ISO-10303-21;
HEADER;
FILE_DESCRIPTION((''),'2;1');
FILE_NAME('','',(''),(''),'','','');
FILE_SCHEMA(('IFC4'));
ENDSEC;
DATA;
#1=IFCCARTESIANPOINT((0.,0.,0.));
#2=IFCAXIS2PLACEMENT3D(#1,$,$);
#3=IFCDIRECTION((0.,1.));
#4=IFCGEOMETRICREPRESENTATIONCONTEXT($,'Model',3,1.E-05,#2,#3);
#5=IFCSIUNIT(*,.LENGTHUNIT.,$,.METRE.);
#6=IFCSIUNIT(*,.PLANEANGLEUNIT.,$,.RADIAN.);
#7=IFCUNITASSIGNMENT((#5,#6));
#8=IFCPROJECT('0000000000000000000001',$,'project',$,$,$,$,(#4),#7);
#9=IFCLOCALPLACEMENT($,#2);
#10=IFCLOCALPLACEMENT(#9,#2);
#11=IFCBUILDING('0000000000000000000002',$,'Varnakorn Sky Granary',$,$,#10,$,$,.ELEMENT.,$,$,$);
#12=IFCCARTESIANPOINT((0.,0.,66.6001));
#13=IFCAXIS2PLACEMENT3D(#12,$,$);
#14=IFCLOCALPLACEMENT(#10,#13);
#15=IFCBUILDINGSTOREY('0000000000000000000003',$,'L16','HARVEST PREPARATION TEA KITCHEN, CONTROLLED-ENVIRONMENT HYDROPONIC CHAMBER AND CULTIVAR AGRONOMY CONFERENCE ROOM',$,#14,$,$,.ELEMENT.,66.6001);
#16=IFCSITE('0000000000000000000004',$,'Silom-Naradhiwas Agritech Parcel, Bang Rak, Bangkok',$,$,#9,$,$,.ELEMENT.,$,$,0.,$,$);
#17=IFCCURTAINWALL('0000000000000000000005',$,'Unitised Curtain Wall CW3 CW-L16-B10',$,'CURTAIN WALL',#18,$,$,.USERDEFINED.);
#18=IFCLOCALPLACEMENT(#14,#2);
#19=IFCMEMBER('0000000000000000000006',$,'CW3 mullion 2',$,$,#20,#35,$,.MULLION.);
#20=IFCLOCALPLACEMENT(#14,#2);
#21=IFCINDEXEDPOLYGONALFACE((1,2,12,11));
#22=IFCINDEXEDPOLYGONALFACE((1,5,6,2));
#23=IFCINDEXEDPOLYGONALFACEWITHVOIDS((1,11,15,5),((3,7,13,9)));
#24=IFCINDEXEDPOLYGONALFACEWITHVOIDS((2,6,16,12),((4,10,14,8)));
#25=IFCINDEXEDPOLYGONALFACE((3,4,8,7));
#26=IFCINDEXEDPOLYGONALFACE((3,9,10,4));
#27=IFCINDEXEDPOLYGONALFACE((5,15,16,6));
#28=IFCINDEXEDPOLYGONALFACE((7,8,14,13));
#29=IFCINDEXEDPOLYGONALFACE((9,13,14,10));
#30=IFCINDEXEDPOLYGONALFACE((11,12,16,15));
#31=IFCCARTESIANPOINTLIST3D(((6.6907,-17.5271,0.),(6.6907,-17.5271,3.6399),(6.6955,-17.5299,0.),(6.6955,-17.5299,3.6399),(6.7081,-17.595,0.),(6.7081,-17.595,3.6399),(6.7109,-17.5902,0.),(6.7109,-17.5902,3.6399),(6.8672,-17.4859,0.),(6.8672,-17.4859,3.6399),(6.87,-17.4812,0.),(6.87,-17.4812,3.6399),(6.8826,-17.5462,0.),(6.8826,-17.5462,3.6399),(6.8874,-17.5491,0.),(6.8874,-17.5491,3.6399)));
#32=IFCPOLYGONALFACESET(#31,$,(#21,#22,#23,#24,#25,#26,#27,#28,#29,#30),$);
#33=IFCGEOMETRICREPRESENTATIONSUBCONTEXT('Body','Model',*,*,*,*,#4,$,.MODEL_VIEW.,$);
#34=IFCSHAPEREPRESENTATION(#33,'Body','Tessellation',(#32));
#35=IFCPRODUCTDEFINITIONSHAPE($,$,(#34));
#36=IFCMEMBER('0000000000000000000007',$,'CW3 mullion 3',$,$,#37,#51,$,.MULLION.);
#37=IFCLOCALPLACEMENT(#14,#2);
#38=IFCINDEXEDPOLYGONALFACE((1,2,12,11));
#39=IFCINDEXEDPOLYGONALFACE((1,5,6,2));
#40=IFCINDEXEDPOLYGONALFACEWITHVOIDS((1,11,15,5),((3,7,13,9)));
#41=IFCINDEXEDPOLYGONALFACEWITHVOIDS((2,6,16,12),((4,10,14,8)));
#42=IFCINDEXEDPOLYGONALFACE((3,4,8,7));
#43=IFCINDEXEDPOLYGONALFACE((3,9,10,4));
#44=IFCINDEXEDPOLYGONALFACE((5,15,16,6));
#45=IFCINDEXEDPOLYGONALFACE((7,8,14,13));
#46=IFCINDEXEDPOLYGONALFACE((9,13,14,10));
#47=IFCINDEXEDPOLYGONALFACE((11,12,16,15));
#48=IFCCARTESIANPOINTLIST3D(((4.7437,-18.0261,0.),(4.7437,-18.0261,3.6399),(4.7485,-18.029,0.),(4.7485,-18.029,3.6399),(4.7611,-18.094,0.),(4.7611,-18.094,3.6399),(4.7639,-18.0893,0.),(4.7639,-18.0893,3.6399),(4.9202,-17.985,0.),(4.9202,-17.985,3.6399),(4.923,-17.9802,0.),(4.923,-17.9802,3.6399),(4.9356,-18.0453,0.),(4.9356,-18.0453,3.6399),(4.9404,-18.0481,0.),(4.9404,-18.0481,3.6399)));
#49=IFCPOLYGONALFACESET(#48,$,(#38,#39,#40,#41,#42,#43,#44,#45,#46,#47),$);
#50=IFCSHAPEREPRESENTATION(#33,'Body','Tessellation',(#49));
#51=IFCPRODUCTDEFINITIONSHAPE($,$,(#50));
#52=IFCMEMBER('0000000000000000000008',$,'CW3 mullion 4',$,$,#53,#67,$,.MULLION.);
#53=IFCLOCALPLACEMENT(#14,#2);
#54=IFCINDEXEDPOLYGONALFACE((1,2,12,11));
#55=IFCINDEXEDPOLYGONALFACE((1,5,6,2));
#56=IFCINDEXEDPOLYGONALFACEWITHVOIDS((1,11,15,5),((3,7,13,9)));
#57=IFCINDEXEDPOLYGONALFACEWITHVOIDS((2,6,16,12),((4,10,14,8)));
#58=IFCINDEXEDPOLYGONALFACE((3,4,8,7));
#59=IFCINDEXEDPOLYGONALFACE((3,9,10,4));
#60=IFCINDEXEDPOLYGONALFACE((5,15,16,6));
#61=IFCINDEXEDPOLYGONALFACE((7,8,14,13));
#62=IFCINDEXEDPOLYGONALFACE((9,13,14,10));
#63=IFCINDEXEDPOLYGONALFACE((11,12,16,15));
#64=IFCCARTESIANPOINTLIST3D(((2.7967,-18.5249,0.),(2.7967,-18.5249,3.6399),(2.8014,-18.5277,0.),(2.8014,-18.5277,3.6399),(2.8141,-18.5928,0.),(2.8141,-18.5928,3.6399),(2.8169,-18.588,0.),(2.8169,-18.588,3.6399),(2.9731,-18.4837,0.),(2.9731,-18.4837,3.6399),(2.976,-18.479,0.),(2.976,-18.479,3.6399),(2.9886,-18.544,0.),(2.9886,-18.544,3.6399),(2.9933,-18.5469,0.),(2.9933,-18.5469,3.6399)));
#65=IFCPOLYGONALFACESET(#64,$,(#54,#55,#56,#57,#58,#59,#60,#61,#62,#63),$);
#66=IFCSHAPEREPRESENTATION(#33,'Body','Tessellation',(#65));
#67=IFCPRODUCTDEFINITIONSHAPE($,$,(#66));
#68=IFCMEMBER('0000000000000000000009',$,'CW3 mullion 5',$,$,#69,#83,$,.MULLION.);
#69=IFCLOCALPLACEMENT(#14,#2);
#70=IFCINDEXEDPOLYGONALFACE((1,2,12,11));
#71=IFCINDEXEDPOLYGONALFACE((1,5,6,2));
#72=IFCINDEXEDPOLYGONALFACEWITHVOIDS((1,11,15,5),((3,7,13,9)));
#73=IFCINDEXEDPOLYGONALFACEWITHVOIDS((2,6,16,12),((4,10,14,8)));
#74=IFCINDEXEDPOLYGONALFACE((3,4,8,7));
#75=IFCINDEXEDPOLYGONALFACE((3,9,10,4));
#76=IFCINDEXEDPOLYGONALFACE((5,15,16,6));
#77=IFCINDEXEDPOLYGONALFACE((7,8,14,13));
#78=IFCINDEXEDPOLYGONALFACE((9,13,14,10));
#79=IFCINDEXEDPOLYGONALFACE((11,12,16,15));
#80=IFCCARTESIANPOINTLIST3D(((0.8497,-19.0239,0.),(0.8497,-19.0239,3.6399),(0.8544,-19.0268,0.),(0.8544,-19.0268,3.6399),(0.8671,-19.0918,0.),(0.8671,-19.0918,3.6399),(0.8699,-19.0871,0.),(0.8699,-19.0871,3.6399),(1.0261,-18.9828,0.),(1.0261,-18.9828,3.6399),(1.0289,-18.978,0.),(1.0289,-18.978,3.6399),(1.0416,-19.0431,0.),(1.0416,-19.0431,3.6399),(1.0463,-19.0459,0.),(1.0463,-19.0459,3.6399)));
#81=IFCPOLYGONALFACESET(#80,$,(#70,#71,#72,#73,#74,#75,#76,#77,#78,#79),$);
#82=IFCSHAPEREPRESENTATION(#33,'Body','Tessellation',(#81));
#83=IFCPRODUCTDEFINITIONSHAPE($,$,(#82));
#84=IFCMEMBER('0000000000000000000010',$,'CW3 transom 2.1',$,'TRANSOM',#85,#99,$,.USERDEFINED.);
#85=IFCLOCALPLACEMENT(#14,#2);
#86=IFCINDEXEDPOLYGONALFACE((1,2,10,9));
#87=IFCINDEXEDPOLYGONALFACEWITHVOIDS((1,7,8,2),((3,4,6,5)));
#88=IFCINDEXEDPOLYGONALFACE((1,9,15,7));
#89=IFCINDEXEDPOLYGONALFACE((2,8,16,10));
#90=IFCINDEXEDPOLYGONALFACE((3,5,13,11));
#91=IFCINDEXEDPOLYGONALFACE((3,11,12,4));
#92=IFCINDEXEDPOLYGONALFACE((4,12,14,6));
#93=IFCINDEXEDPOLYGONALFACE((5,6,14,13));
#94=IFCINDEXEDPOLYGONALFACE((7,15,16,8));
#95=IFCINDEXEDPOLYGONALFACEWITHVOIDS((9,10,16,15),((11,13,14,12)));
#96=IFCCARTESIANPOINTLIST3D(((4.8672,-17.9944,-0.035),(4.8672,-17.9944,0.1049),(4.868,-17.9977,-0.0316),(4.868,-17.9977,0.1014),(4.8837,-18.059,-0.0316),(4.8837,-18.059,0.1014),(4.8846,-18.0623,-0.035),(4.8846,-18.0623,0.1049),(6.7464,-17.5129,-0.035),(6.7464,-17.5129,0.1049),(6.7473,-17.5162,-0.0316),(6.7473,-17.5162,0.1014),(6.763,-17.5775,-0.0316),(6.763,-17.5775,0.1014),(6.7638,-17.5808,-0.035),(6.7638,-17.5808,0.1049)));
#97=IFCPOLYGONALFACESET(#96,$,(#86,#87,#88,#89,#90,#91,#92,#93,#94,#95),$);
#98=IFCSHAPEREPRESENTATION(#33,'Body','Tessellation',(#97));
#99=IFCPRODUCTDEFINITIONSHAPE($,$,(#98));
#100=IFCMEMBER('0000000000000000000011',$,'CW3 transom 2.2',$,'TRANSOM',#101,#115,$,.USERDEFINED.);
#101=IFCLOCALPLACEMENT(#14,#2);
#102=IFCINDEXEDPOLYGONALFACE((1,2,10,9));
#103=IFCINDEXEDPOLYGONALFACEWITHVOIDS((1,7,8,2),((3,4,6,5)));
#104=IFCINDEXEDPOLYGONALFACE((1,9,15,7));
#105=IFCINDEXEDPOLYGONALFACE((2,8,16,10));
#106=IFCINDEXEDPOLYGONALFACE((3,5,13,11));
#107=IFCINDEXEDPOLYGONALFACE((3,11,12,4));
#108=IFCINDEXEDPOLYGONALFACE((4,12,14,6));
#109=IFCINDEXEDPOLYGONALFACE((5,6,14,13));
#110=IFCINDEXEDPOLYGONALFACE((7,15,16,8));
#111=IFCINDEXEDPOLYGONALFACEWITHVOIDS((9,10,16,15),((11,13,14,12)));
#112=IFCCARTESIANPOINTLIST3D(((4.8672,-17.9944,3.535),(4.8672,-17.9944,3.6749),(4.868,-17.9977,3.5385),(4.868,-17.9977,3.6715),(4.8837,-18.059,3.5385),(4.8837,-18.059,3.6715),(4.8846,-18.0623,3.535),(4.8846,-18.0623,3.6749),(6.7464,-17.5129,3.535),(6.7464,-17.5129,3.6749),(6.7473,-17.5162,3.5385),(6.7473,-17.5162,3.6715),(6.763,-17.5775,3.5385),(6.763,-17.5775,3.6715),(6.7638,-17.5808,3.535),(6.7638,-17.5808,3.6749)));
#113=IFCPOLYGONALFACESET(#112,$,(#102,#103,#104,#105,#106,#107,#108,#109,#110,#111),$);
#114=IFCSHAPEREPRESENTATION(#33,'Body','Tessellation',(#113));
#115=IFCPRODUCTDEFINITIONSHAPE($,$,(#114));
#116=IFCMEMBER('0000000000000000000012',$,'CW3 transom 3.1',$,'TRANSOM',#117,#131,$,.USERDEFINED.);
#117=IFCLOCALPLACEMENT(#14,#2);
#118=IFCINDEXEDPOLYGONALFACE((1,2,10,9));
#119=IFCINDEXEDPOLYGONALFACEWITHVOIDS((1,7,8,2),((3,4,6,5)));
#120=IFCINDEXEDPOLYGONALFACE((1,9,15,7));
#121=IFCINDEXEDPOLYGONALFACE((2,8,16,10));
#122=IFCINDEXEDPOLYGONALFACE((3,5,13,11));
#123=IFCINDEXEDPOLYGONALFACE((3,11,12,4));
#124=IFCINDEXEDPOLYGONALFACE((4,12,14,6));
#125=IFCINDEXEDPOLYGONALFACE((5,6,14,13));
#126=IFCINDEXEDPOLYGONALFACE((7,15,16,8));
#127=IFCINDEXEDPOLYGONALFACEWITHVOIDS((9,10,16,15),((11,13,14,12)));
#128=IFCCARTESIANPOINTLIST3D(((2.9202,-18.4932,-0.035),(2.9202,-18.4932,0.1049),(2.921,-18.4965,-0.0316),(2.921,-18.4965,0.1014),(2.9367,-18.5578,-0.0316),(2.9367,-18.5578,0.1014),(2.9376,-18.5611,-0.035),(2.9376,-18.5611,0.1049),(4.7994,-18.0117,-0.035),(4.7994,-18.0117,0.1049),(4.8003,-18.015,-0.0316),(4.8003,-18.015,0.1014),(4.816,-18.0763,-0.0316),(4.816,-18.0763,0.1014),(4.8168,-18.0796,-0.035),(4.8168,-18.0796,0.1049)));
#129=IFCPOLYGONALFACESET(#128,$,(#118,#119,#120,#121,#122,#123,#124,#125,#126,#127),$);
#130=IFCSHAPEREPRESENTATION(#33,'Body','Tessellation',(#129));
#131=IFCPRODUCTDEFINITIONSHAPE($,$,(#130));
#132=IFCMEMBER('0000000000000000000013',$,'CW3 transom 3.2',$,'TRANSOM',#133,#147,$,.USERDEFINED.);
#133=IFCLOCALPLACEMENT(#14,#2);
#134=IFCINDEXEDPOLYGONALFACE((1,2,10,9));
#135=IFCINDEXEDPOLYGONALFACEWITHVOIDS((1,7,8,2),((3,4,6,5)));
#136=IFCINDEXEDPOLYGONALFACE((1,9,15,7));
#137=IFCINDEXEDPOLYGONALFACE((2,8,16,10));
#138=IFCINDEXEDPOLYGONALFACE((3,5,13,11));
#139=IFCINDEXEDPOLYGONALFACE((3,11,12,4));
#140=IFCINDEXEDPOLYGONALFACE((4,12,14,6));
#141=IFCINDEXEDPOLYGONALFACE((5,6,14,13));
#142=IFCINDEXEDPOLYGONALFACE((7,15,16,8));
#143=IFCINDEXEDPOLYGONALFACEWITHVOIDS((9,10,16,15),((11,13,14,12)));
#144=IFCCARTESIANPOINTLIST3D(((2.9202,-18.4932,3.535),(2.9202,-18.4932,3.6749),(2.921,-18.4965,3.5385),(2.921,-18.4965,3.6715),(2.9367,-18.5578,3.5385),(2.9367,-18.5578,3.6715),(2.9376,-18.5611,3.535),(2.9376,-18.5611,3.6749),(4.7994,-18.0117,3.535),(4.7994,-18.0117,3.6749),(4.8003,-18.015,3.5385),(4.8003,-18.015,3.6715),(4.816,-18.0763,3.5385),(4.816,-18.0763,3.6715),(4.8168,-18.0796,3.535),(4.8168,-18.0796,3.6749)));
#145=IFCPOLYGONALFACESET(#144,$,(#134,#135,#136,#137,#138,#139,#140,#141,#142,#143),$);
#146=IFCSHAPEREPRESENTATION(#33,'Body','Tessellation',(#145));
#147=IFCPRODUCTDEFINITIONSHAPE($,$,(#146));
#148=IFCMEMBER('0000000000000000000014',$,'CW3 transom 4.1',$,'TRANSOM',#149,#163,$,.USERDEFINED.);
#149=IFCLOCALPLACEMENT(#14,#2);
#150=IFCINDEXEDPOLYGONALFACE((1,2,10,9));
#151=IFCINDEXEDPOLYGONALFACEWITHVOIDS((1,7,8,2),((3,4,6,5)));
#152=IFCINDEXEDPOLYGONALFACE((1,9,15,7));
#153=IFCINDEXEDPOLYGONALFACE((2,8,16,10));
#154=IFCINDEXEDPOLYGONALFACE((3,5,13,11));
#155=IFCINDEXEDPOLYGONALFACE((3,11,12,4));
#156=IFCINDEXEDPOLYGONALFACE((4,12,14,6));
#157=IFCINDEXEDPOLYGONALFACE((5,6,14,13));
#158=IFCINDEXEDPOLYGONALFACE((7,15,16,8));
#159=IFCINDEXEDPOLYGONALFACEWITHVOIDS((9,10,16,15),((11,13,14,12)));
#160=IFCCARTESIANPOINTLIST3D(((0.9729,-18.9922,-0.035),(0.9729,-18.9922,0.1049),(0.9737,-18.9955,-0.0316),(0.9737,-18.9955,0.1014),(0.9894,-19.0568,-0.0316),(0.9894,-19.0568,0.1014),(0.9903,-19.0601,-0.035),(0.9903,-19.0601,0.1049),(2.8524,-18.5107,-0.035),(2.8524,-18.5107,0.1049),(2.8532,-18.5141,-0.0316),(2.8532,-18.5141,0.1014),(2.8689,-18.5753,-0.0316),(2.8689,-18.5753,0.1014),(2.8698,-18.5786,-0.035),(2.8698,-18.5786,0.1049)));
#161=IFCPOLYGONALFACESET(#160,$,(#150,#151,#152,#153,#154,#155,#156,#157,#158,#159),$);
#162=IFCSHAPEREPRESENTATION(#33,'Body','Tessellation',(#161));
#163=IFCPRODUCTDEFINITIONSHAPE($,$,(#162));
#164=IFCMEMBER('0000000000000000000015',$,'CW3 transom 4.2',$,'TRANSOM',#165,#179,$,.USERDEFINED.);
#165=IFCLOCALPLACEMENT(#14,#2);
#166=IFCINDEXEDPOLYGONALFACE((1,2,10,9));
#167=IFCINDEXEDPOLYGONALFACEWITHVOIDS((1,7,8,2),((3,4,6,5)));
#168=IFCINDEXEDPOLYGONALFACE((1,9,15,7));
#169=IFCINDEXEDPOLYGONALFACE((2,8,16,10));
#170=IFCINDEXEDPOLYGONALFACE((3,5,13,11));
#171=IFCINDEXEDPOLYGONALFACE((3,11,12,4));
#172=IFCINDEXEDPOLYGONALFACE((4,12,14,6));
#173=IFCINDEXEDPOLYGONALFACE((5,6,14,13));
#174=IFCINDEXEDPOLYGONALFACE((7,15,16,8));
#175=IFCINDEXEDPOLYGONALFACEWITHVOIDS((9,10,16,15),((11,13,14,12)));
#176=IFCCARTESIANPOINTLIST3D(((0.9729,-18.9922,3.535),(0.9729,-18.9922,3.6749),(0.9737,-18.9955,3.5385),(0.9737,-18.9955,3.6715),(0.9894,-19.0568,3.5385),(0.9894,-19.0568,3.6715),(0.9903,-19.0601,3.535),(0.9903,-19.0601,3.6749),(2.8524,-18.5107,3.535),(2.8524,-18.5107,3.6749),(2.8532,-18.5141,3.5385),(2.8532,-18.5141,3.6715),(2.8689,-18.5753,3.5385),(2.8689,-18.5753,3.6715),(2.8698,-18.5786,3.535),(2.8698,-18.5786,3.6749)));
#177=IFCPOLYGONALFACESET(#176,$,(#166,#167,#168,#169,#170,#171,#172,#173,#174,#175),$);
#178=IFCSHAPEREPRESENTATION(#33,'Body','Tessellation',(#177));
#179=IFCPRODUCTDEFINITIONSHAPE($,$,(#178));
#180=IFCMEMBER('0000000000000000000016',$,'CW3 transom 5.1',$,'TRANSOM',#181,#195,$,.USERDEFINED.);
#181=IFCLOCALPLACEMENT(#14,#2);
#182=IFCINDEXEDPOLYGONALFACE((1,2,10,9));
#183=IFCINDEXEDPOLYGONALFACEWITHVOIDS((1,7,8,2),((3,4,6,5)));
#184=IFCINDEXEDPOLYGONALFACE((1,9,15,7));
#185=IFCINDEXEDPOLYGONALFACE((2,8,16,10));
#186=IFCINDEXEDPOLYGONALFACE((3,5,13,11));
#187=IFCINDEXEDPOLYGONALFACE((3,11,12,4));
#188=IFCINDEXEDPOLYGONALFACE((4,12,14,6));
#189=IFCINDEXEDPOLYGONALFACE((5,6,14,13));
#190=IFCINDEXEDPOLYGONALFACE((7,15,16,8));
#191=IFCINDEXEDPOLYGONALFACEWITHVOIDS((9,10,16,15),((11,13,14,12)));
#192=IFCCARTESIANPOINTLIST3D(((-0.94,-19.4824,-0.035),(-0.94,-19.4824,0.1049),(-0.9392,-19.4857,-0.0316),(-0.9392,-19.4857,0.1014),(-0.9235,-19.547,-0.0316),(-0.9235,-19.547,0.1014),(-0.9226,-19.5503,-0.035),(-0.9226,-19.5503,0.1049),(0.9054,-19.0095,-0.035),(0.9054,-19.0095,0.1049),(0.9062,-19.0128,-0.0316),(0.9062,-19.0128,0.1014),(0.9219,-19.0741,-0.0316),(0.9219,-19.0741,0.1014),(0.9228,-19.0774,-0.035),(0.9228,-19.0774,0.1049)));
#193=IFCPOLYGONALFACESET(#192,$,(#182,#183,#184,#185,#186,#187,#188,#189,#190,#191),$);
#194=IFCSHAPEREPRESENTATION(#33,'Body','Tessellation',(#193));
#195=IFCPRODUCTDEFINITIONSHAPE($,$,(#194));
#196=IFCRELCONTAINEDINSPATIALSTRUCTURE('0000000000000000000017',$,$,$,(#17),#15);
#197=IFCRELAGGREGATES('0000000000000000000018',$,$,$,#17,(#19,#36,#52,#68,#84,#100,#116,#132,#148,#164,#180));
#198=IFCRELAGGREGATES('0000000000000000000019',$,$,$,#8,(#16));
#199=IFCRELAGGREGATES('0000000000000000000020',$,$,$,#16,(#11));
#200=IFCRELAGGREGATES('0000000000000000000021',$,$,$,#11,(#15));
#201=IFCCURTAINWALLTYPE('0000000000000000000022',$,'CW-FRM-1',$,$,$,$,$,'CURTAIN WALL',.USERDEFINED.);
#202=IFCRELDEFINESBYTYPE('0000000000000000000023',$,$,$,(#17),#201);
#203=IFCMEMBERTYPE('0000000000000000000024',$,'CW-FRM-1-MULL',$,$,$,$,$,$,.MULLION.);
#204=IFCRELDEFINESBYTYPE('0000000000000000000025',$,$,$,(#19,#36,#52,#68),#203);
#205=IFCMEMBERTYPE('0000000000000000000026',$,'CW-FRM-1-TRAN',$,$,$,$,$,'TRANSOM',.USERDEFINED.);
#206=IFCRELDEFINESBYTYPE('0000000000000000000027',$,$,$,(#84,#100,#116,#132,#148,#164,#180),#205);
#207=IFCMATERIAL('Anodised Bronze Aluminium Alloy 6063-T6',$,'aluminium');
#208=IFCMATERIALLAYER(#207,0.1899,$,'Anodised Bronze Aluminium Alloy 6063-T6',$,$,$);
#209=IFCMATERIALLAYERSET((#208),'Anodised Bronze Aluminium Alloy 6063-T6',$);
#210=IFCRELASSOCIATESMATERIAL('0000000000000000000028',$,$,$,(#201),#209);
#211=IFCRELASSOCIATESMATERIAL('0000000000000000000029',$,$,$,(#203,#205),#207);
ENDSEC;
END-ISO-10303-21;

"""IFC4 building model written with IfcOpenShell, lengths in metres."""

from ifc_helpers import new_model, si_unit, direction, frame, origin, origin_2d, place, context, subcontext, project, spatial, hollow_rectangle, extrude, material, layer, layer_set, material_profile, profile_set, type_object, element, aggregate, save


model = new_model("IFC4")

# Units and contexts
model_context = context("Model", 3, precision=1e-05, world=origin(), true_north=direction((0.0, 1.0)))
body_context = subcontext(model_context, "Body", "Model", "MODEL_VIEW")
ifc_project = project(units=[si_unit("LENGTHUNIT", "METRE"), si_unit("PLANEANGLEUNIT", "RADIAN")], contexts=[model_context])

# Site, building, storey
site_placement = place(None, origin())
site = spatial("IfcSite", under=ifc_project, at=site_placement, Name="Silom-Naradhiwas Agritech Parcel, Bang Rak, Bangkok", CompositionType="ELEMENT", RefElevation=0.0)
building_placement = place(site_placement, origin())
building = spatial("IfcBuilding", under=site, at=building_placement, Name="Varnakorn Sky Granary", CompositionType="ELEMENT")
storey_placement = place(building_placement, frame((0.0, 0.0, 66.6001)))
storey = spatial("IfcBuildingStorey", under=building, at=storey_placement, Name="L16", Description="HARVEST PREPARATION TEA KITCHEN, CONTROLLED-ENVIRONMENT HYDROPONIC CHAMBER AND CULTIVAR AGRONOMY CONFERENCE ROOM", CompositionType="ELEMENT", Elevation=66.6001)

# Curtain wall, members
ifc_material_1 = material(Name="Anodised Bronze Aluminium Alloy 6063-T6", Category="aluminium")
ifc_layer_1 = layer(ifc_material_1, 0.1899, Name="Anodised Bronze Aluminium Alloy 6063-T6")
ifc_layer_set_1 = layer_set([ifc_layer_1], Name="Anodised Bronze Aluminium Alloy 6063-T6")
curtain_wall_type = type_object("IfcCurtainWallType", Name="CW-FRM-1", ElementType="CURTAIN WALL", PredefinedType="USERDEFINED", material=ifc_layer_set_1)
curtain_wall_placement = place(storey_placement, origin())
curtain_wall = element("IfcCurtainWall", 1, at=curtain_wall_placement, inside=storey, type_object=curtain_wall_type, Name="Unitised Curtain Wall CW3 CW-L16-B10", ObjectType="CURTAIN WALL", PredefinedType="USERDEFINED")
ifc_material_profile_1 = material_profile(ifc_material_1, hollow_rectangle(XDim=0.0701, YDim=0.1851, WallThickness=0.0039, at=origin_2d()), Name="ALU MULL 70x185")
ifc_profile_set_1 = profile_set([ifc_material_profile_1], Name="Anodised Bronze Aluminium Alloy 6063-T6")
member_type_1 = type_object("IfcMemberType", Name="CW-FRM-1-MULL", PredefinedType="MULLION", material=ifc_profile_set_1)
member_1_placement = place(storey_placement, frame((6.7891, -17.5381, 0.0), z_axis=(0.0, 0.0, 1.0), x_axis=(0.248211, -0.968706, 0.0)))
member_1 = element("IfcMember", 2, at=member_1_placement, type_object=member_type_1, Name="CW3 mullion 2", PredefinedType="MULLION", context=body_context, shape_type="SweptSolid", body=[
    extrude(hollow_rectangle(XDim=0.0701, YDim=0.1851, WallThickness=0.0039, at=origin_2d()), origin(), (0.0, 0.0, 1.0), 3.6399),
])
member_2_placement = place(storey_placement, frame((4.842, -18.0371, 0.0), z_axis=(0.0, 0.0, 1.0), x_axis=(0.248211, -0.968706, 0.0)))
member_2 = element("IfcMember", 3, at=member_2_placement, type_object=member_type_1, Name="CW3 mullion 3", PredefinedType="MULLION", context=body_context, shape_type="SweptSolid", body=[
    extrude(hollow_rectangle(XDim=0.0701, YDim=0.1851, WallThickness=0.0039, at=origin_2d()), origin(), (0.0, 0.0, 1.0), 3.6399),
])
member_3_placement = place(storey_placement, frame((2.895, -18.5359, 0.0), z_axis=(0.0, 0.0, 1.0), x_axis=(0.248211, -0.968706, 0.0)))
member_3 = element("IfcMember", 4, at=member_3_placement, type_object=member_type_1, Name="CW3 mullion 4", PredefinedType="MULLION", context=body_context, shape_type="SweptSolid", body=[
    extrude(hollow_rectangle(XDim=0.0701, YDim=0.1851, WallThickness=0.0039, at=origin_2d()), origin(), (0.0, 0.0, 1.0), 3.6399),
])
member_4_placement = place(storey_placement, frame((0.948, -19.0349, 0.0), z_axis=(0.0, 0.0, 1.0), x_axis=(0.248211, -0.968706, 0.0)))
member_4 = element("IfcMember", 5, at=member_4_placement, type_object=member_type_1, Name="CW3 mullion 5", PredefinedType="MULLION", context=body_context, shape_type="SweptSolid", body=[
    extrude(hollow_rectangle(XDim=0.0701, YDim=0.1851, WallThickness=0.0039, at=origin_2d()), origin(), (0.0, 0.0, 1.0), 3.6399),
])
ifc_material_profile_2 = material_profile(ifc_material_1, hollow_rectangle(XDim=0.0701, YDim=0.1399, WallThickness=0.0034, at=origin_2d()), Name="ALU TRAN 70x140")
ifc_profile_set_2 = profile_set([ifc_material_profile_2], Name="Anodised Bronze Aluminium Alloy 6063-T6")
member_type_2 = type_object("IfcMemberType", Name="CW-FRM-1-TRAN", ElementType="TRANSOM", PredefinedType="USERDEFINED", material=ifc_profile_set_2)
member_5_placement = place(storey_placement, frame((6.7551, -17.5469, 0.0349), z_axis=(-0.968712, -0.248188, 0.0), x_axis=(0.248188, -0.968712, 0.0)))
member_5 = element("IfcMember", 6, at=member_5_placement, type_object=member_type_2, Name="CW3 transom 2.1", ObjectType="TRANSOM", PredefinedType="USERDEFINED", context=body_context, shape_type="SweptSolid", body=[
    extrude(hollow_rectangle(XDim=0.0701, YDim=0.1399, WallThickness=0.0034, at=origin_2d()), origin(), (0.0, 0.0, 1.0), 1.9399),
])
member_6_placement = place(storey_placement, frame((6.7551, -17.5469, 3.605), z_axis=(-0.968712, -0.248188, 0.0), x_axis=(0.248188, -0.968712, 0.0)))
member_6 = element("IfcMember", 7, at=member_6_placement, type_object=member_type_2, Name="CW3 transom 2.2", ObjectType="TRANSOM", PredefinedType="USERDEFINED", context=body_context, shape_type="SweptSolid", body=[
    extrude(hollow_rectangle(XDim=0.0701, YDim=0.1399, WallThickness=0.0034, at=origin_2d()), origin(), (0.0, 0.0, 1.0), 1.9399),
])
member_7_placement = place(storey_placement, frame((4.8081, -18.0457, 0.0349), z_axis=(-0.968712, -0.248188, 0.0), x_axis=(0.248188, -0.968712, 0.0)))
member_7 = element("IfcMember", 8, at=member_7_placement, type_object=member_type_2, Name="CW3 transom 3.1", ObjectType="TRANSOM", PredefinedType="USERDEFINED", context=body_context, shape_type="SweptSolid", body=[
    extrude(hollow_rectangle(XDim=0.0701, YDim=0.1399, WallThickness=0.0034, at=origin_2d()), origin(), (0.0, 0.0, 1.0), 1.9399),
])
member_8_placement = place(storey_placement, frame((4.8081, -18.0457, 3.605), z_axis=(-0.968712, -0.248188, 0.0), x_axis=(0.248188, -0.968712, 0.0)))
member_8 = element("IfcMember", 9, at=member_8_placement, type_object=member_type_2, Name="CW3 transom 3.2", ObjectType="TRANSOM", PredefinedType="USERDEFINED", context=body_context, shape_type="SweptSolid", body=[
    extrude(hollow_rectangle(XDim=0.0701, YDim=0.1399, WallThickness=0.0034, at=origin_2d()), origin(), (0.0, 0.0, 1.0), 1.9399),
])
member_9_placement = place(storey_placement, frame((2.8611, -18.5447, 0.0349), z_axis=(-0.96872, -0.248157, 0.0), x_axis=(0.248157, -0.96872, 0.0)))
member_9 = element("IfcMember", 10, at=member_9_placement, type_object=member_type_2, Name="CW3 transom 4.1", ObjectType="TRANSOM", PredefinedType="USERDEFINED", context=body_context, shape_type="SweptSolid", body=[
    extrude(hollow_rectangle(XDim=0.0701, YDim=0.1399, WallThickness=0.0034, at=origin_2d()), origin(), (0.0, 0.0, 1.0), 1.9402),
])
member_10_placement = place(storey_placement, frame((2.8611, -18.5447, 3.605), z_axis=(-0.96872, -0.248157, 0.0), x_axis=(0.248157, -0.96872, 0.0)))
member_10 = element("IfcMember", 11, at=member_10_placement, type_object=member_type_2, Name="CW3 transom 4.2", ObjectType="TRANSOM", PredefinedType="USERDEFINED", context=body_context, shape_type="SweptSolid", body=[
    extrude(hollow_rectangle(XDim=0.0701, YDim=0.1399, WallThickness=0.0034, at=origin_2d()), origin(), (0.0, 0.0, 1.0), 1.9402),
])
member_11_placement = place(storey_placement, frame((0.9141, -19.0435, 0.0349), z_axis=(-0.968701, -0.24823, 0.0), x_axis=(0.24823, -0.968701, 0.0)))
member_11 = element("IfcMember", 12, at=member_11_placement, type_object=member_type_2, Name="CW3 transom 5.1", ObjectType="TRANSOM", PredefinedType="USERDEFINED", context=body_context, shape_type="SweptSolid", body=[
    extrude(hollow_rectangle(XDim=0.0701, YDim=0.1399, WallThickness=0.0034, at=origin_2d()), origin(), (0.0, 0.0, 1.0), 1.905),
])

aggregate(curtain_wall, [member_1, member_2, member_3, member_4, member_5, member_6, member_7, member_8, member_9, member_10, member_11])

save(model, "model.ifc")
